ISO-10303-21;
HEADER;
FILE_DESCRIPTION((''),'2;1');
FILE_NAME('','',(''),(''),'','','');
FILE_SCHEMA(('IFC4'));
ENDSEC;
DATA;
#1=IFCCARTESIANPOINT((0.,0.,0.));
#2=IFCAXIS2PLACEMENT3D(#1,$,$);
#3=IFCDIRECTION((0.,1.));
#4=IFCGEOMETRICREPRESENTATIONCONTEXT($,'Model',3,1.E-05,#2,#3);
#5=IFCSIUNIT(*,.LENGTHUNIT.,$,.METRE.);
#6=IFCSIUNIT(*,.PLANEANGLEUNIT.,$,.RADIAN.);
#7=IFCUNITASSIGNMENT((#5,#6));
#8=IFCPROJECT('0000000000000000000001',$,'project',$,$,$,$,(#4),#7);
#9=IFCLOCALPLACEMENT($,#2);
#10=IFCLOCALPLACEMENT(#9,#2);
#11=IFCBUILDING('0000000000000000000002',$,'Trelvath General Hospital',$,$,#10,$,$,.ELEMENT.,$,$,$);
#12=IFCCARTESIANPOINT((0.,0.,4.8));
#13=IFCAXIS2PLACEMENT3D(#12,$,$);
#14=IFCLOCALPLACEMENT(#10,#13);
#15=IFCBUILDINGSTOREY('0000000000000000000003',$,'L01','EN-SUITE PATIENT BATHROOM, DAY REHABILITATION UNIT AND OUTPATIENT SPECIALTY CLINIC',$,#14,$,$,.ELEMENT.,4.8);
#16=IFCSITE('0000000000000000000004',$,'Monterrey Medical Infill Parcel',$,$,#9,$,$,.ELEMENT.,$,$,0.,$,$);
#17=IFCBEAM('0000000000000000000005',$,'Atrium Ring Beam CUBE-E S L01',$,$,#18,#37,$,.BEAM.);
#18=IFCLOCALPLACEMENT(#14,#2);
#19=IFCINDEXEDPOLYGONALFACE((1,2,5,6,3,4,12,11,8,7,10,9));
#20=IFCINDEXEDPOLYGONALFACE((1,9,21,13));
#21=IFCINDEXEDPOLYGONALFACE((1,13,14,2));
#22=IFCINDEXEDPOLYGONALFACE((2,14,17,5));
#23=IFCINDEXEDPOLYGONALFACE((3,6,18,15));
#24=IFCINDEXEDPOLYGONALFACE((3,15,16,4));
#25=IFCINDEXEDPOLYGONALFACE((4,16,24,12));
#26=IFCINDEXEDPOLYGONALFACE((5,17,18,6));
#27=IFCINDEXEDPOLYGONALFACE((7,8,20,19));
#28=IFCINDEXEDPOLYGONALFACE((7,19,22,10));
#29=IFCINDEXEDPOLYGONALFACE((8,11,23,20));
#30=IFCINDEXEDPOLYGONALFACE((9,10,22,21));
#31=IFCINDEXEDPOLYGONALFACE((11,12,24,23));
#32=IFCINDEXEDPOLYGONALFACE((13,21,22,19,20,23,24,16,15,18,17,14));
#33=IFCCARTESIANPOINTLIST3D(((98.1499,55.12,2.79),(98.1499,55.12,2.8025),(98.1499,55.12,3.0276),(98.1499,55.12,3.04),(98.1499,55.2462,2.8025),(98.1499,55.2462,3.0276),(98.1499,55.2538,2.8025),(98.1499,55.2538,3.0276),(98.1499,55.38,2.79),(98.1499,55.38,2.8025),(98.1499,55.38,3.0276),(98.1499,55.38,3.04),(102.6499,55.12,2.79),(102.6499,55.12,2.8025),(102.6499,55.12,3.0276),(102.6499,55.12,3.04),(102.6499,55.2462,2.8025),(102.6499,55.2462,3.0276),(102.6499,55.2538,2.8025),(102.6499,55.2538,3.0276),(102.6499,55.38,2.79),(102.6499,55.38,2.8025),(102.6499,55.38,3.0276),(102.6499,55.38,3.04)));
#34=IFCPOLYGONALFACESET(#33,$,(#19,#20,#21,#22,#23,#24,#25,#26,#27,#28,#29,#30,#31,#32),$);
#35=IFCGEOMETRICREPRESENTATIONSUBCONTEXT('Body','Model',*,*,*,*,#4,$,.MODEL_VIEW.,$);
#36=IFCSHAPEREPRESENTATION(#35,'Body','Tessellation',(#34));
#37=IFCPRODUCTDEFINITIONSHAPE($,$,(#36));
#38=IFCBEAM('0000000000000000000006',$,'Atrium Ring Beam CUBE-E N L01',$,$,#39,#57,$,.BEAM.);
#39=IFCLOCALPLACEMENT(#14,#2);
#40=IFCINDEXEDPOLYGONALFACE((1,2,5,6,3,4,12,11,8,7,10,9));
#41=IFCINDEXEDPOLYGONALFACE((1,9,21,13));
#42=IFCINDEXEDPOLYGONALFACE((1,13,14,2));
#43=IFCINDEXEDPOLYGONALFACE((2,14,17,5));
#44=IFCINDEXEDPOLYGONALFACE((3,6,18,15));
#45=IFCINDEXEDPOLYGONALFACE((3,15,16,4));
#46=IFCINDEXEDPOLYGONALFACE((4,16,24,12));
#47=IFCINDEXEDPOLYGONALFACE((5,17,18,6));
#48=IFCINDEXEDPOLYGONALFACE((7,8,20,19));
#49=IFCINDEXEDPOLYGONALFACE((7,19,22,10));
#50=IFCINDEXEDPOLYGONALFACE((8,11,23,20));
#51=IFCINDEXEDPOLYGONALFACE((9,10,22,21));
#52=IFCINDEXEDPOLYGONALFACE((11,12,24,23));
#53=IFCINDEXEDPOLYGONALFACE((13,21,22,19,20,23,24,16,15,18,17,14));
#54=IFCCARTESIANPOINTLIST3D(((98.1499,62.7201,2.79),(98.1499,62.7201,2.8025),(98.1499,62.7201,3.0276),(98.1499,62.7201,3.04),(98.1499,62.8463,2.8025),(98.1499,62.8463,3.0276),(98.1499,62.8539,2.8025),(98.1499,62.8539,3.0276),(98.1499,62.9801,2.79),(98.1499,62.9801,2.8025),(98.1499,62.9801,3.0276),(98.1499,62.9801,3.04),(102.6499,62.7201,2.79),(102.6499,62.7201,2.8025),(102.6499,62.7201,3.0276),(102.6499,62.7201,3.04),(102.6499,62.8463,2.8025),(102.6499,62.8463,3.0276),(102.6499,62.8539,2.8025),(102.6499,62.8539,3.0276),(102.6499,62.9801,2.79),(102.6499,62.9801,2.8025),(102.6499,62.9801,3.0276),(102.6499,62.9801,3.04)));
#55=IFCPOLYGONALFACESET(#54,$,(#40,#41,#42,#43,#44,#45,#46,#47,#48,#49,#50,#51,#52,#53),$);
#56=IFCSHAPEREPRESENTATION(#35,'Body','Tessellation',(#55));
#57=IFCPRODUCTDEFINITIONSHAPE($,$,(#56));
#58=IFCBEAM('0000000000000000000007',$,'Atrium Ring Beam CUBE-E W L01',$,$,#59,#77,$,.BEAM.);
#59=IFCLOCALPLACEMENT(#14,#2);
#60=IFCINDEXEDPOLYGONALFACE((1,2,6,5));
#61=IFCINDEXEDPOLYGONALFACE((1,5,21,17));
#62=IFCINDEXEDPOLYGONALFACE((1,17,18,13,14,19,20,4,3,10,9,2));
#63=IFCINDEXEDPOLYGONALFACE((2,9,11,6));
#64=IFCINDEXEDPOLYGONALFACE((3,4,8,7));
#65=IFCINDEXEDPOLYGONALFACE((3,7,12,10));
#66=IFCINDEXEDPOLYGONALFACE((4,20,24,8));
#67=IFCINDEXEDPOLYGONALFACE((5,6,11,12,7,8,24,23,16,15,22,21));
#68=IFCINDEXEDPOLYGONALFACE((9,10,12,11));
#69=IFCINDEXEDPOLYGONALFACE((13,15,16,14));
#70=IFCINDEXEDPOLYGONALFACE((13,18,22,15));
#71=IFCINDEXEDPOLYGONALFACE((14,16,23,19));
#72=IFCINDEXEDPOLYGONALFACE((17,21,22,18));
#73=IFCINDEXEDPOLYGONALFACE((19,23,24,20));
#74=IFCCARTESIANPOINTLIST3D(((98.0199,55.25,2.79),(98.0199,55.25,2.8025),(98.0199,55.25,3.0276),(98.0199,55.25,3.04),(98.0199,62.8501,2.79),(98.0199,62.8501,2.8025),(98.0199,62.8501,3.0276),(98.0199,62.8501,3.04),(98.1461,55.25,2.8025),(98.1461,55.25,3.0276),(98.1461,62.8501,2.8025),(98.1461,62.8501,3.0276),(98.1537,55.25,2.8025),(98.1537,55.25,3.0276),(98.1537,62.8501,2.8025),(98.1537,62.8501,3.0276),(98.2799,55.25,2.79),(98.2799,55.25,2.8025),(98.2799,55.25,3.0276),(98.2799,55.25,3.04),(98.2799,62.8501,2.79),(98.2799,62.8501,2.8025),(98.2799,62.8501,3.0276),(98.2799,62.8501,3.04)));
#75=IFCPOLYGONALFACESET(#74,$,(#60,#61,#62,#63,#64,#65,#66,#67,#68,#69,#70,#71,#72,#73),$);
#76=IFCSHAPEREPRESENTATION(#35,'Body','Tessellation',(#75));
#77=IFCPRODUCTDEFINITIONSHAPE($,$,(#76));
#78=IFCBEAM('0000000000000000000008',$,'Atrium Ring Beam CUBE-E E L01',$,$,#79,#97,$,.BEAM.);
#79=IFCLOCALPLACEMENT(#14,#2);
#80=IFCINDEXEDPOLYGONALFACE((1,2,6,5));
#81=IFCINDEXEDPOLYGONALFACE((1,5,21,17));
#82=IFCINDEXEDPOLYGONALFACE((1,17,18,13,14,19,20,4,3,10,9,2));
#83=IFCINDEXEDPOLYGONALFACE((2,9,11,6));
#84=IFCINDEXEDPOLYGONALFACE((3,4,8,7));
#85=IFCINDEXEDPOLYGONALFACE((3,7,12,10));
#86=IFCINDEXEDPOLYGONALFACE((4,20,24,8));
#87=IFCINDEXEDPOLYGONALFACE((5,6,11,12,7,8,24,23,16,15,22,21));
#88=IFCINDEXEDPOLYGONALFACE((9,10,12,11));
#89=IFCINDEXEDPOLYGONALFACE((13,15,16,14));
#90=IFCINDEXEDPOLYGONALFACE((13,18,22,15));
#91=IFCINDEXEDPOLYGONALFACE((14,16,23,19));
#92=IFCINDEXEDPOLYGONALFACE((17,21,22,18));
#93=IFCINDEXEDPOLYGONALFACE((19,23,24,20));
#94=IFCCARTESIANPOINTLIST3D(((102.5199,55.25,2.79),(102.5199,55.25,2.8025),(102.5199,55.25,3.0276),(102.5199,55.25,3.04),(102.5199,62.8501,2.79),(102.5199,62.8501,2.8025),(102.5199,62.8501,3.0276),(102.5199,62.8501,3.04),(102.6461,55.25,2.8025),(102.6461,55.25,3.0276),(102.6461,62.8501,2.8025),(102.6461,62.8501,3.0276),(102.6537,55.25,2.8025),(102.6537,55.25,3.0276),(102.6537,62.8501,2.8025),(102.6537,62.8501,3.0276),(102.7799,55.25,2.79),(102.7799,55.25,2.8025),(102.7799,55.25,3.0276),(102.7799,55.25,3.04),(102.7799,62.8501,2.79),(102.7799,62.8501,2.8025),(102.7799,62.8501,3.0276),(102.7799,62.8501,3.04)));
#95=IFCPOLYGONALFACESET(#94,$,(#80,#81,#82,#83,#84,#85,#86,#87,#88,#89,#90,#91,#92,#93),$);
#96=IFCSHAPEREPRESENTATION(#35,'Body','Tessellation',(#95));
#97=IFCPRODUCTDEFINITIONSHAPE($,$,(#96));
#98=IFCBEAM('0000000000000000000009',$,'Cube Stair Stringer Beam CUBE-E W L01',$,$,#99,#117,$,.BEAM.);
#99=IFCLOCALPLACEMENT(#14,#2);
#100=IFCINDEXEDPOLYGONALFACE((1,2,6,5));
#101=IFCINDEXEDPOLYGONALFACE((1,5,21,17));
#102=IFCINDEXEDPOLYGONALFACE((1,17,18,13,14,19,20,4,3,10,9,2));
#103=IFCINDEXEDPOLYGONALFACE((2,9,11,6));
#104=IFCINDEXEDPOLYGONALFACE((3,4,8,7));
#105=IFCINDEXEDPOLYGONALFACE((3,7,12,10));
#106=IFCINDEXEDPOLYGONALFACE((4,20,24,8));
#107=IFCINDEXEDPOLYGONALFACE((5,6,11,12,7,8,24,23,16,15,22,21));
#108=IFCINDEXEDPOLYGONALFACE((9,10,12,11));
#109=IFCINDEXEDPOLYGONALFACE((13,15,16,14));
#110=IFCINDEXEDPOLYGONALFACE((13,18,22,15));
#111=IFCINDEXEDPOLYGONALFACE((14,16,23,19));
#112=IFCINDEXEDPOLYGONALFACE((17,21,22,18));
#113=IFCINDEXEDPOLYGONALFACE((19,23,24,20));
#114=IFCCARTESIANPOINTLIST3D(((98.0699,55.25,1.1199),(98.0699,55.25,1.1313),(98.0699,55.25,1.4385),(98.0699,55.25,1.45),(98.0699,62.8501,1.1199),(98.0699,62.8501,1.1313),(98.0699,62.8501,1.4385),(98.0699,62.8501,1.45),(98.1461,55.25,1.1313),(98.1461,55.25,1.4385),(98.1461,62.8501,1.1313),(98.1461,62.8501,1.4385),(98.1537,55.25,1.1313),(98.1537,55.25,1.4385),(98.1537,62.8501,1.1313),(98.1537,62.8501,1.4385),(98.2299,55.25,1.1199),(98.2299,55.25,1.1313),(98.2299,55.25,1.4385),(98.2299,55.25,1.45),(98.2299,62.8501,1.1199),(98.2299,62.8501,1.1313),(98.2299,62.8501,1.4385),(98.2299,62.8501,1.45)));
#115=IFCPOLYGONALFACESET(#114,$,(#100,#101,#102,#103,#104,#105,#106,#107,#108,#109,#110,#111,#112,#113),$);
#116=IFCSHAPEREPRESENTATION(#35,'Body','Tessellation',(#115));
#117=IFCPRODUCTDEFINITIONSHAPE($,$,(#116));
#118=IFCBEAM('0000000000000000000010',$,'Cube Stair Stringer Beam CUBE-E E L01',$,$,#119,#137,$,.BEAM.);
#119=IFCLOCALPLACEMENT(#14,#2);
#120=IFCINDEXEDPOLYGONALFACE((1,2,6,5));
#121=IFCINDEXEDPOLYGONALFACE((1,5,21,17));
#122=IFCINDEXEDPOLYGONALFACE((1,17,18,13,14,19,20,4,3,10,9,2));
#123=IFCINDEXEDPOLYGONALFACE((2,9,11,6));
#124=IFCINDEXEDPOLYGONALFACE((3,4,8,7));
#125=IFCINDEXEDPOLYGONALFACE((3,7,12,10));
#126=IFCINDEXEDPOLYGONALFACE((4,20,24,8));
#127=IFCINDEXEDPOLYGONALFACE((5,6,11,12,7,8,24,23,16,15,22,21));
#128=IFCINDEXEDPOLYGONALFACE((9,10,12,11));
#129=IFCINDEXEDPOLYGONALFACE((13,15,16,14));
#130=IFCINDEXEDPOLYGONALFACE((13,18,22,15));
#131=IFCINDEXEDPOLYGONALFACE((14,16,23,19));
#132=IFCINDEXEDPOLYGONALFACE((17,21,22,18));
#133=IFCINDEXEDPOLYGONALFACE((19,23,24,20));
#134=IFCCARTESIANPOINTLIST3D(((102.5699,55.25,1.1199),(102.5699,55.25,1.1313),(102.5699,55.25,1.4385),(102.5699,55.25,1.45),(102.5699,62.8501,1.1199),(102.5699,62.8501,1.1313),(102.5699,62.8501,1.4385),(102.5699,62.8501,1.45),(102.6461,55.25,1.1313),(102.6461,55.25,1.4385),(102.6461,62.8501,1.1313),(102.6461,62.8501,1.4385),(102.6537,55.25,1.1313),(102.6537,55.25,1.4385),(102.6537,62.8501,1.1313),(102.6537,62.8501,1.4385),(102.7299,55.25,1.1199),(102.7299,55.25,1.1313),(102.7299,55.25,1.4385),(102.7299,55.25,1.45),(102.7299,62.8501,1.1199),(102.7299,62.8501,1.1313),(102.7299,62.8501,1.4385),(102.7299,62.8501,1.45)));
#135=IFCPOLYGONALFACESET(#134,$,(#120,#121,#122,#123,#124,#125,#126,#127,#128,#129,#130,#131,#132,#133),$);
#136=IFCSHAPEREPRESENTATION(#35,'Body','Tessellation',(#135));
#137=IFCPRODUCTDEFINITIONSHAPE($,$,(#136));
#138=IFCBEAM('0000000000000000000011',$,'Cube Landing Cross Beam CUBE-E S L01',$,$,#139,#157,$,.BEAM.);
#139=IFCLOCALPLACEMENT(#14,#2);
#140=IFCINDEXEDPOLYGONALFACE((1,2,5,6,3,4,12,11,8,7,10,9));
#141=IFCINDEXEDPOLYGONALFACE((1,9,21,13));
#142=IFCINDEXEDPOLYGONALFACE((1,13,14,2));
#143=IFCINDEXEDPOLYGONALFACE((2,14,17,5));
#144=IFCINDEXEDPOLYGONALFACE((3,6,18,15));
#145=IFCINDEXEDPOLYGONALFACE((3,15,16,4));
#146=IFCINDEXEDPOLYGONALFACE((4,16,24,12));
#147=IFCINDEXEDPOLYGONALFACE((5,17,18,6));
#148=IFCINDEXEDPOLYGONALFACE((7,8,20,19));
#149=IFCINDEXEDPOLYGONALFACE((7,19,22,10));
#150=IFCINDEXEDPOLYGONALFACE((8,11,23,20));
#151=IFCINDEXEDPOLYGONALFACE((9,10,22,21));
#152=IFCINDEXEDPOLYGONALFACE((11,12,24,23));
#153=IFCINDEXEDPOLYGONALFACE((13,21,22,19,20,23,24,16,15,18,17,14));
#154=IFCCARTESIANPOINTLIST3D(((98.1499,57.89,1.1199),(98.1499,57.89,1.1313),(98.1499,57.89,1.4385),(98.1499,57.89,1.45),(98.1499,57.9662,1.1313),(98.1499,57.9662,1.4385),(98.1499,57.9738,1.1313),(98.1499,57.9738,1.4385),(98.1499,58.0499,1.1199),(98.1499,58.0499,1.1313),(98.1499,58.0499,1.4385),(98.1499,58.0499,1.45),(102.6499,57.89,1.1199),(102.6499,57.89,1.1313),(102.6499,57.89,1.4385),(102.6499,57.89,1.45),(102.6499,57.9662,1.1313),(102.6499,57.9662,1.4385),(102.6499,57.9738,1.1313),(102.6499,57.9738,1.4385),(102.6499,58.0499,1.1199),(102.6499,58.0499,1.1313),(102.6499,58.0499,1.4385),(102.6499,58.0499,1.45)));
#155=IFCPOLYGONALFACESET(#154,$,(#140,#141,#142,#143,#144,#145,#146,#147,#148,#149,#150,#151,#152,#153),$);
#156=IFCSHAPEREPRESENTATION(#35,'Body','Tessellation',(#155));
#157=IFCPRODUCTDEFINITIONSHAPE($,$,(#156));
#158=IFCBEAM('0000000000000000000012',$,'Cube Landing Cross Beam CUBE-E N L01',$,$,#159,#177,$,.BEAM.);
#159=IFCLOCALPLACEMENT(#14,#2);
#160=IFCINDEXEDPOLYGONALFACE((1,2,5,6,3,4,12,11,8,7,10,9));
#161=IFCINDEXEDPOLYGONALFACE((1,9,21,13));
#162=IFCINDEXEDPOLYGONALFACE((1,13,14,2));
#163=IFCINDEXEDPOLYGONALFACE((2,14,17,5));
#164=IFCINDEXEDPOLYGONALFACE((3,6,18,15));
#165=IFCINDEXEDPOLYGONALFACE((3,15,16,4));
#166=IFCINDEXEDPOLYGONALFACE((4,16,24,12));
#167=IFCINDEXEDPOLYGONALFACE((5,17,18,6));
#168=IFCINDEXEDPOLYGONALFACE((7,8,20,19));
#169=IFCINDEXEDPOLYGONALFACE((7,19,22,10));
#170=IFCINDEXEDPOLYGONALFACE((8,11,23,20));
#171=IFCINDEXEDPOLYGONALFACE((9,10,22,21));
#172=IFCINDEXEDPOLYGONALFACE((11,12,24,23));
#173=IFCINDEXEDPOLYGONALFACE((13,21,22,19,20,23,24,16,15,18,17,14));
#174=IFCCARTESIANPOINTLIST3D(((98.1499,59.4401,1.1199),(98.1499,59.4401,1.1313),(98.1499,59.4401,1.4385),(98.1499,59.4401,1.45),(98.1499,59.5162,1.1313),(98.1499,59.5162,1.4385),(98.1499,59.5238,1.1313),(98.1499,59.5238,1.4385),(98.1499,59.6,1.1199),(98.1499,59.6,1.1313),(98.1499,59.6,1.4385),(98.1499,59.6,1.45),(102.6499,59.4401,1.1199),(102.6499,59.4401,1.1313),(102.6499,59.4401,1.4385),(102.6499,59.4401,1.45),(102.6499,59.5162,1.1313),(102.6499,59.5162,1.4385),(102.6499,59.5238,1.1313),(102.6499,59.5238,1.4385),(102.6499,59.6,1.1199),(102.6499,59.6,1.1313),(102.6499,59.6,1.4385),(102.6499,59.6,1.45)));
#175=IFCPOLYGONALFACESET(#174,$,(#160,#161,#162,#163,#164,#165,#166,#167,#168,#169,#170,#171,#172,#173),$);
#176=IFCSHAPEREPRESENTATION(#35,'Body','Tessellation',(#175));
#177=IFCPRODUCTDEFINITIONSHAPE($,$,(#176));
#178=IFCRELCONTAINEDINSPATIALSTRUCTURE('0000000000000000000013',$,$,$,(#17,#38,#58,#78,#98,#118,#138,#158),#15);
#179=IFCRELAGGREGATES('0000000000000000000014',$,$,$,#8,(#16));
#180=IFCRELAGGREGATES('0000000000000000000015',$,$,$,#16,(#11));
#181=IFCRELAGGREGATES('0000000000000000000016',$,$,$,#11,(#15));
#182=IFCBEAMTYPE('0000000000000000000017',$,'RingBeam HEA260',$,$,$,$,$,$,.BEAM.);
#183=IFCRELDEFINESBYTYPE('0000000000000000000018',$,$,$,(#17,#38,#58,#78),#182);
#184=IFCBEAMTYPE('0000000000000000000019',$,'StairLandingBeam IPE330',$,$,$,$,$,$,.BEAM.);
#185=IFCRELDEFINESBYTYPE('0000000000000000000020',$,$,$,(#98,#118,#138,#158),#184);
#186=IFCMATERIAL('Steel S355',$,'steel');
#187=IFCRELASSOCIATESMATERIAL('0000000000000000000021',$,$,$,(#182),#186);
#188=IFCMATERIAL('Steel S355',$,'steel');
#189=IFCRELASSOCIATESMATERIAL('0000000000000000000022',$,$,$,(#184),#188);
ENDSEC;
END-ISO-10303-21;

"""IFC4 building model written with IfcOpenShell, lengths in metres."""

from ifc_helpers import new_model, si_unit, direction, frame, origin, origin_2d, place, context, subcontext, project, spatial, i_section, extrude, material, material_profile, profile_set, type_object, element, save


model = new_model("IFC4")

# Units and contexts
model_context = context("Model", 3, precision=1e-05, world=origin(), true_north=direction((0.0, 1.0)))
body_context = subcontext(model_context, "Body", "Model", "MODEL_VIEW")
ifc_project = project(units=[si_unit("LENGTHUNIT", "METRE"), si_unit("PLANEANGLEUNIT", "RADIAN")], contexts=[model_context])

# Site, building, storey
site_placement = place(None, origin())
site = spatial("IfcSite", under=ifc_project, at=site_placement, Name="Monterrey Medical Infill Parcel", CompositionType="ELEMENT", RefElevation=0.0)
building_placement = place(site_placement, origin())
building = spatial("IfcBuilding", under=site, at=building_placement, Name="Trelvath General Hospital", CompositionType="ELEMENT")
storey_placement = place(building_placement, frame((0.0, 0.0, 4.8)))
storey = spatial("IfcBuildingStorey", under=building, at=storey_placement, Name="L01", Description="EN-SUITE PATIENT BATHROOM, DAY REHABILITATION UNIT AND OUTPATIENT SPECIALTY CLINIC", CompositionType="ELEMENT", Elevation=4.8)

# Beams
ifc_material_1 = material(Name="Steel S355", Category="steel")
ifc_material_profile_1 = material_profile(ifc_material_1, i_section(OverallWidth=0.26, OverallDepth=0.25, WebThickness=0.0076, FlangeThickness=0.0125, at=origin_2d()), Name="HEA260")
ifc_profile_set_1 = profile_set([ifc_material_profile_1], Name="Steel S355")
beam_type_1 = type_object("IfcBeamType", Name="RingBeam HEA260", PredefinedType="BEAM", material=ifc_profile_set_1)
for number, where, z_axis, x_axis, name in (
    (1, (98.1499, 55.25, 2.915), (1.0, 0.0, 0.0), (0.0, 1.0, 0.0), "Atrium Ring Beam CUBE-E S L01"),
    (2, (98.1499, 62.8501, 2.915), (1.0, 0.0, 0.0), (0.0, 1.0, 0.0), "Atrium Ring Beam CUBE-E N L01"),
):
    element("IfcBeam", number, at=place(storey_placement, frame(where, z_axis=z_axis, x_axis=x_axis)), inside=storey, type_object=beam_type_1, Name=name, PredefinedType="BEAM", context=body_context, shape_type="SweptSolid", body=[
        extrude(i_section(OverallWidth=0.26, OverallDepth=0.25, WebThickness=0.0076, FlangeThickness=0.0125, at=origin_2d()), origin(), (0.0, 0.0, 1.0), 4.5),
    ])
for number, where, z_axis, x_axis, name in (
    (3, (98.1499, 55.25, 2.915), (0.0, 1.0, 0.0), (-1.0, 0.0, 0.0), "Atrium Ring Beam CUBE-E W L01"),
    (4, (102.6499, 55.25, 2.915), (0.0, 1.0, 0.0), (-1.0, 0.0, 0.0), "Atrium Ring Beam CUBE-E E L01"),
):
    element("IfcBeam", number, at=place(storey_placement, frame(where, z_axis=z_axis, x_axis=x_axis)), inside=storey, type_object=beam_type_1, Name=name, PredefinedType="BEAM", context=body_context, shape_type="SweptSolid", body=[
        extrude(i_section(OverallWidth=0.26, OverallDepth=0.25, WebThickness=0.0076, FlangeThickness=0.0125, at=origin_2d()), origin(), (0.0, 0.0, 1.0), 7.6001),
    ])
ifc_material_2 = material(Name="Steel S355", Category="steel")
ifc_material_profile_2 = material_profile(ifc_material_2, i_section(OverallWidth=0.1599, OverallDepth=0.3301, WebThickness=0.0076, FlangeThickness=0.0115, at=origin_2d()), Name="IPE330")
ifc_profile_set_2 = profile_set([ifc_material_profile_2], Name="Steel S355")
beam_type_2 = type_object("IfcBeamType", Name="StairLandingBeam IPE330", PredefinedType="BEAM", material=ifc_profile_set_2)
for number, where, z_axis, x_axis, name in (
    (5, (98.1499, 55.25, 1.2849), (0.0, 1.0, 0.0), (-1.0, 0.0, 0.0), "Cube Stair Stringer Beam CUBE-E W L01"),
    (6, (102.6499, 55.25, 1.2849), (0.0, 1.0, 0.0), (-1.0, 0.0, 0.0), "Cube Stair Stringer Beam CUBE-E E L01"),
):
    element("IfcBeam", number, at=place(storey_placement, frame(where, z_axis=z_axis, x_axis=x_axis)), inside=storey, type_object=beam_type_2, Name=name, PredefinedType="BEAM", context=body_context, shape_type="SweptSolid", body=[
        extrude(i_section(OverallWidth=0.1599, OverallDepth=0.3301, WebThickness=0.0076, FlangeThickness=0.0115, at=origin_2d()), origin(), (0.0, 0.0, 1.0), 7.6001),
    ])
for number, where, z_axis, x_axis, name in (
    (7, (98.1499, 57.97, 1.2849), (1.0, 0.0, 0.0), (0.0, 1.0, 0.0), "Cube Landing Cross Beam CUBE-E S L01"),
    (8, (98.1499, 59.52, 1.2849), (1.0, 0.0, 0.0), (0.0, 1.0, 0.0), "Cube Landing Cross Beam CUBE-E N L01"),
):
    element("IfcBeam", number, at=place(storey_placement, frame(where, z_axis=z_axis, x_axis=x_axis)), inside=storey, type_object=beam_type_2, Name=name, PredefinedType="BEAM", context=body_context, shape_type="SweptSolid", body=[
        extrude(i_section(OverallWidth=0.1599, OverallDepth=0.3301, WebThickness=0.0076, FlangeThickness=0.0115, at=origin_2d()), origin(), (0.0, 0.0, 1.0), 4.5),
    ])

save(model, "model.ifc")
